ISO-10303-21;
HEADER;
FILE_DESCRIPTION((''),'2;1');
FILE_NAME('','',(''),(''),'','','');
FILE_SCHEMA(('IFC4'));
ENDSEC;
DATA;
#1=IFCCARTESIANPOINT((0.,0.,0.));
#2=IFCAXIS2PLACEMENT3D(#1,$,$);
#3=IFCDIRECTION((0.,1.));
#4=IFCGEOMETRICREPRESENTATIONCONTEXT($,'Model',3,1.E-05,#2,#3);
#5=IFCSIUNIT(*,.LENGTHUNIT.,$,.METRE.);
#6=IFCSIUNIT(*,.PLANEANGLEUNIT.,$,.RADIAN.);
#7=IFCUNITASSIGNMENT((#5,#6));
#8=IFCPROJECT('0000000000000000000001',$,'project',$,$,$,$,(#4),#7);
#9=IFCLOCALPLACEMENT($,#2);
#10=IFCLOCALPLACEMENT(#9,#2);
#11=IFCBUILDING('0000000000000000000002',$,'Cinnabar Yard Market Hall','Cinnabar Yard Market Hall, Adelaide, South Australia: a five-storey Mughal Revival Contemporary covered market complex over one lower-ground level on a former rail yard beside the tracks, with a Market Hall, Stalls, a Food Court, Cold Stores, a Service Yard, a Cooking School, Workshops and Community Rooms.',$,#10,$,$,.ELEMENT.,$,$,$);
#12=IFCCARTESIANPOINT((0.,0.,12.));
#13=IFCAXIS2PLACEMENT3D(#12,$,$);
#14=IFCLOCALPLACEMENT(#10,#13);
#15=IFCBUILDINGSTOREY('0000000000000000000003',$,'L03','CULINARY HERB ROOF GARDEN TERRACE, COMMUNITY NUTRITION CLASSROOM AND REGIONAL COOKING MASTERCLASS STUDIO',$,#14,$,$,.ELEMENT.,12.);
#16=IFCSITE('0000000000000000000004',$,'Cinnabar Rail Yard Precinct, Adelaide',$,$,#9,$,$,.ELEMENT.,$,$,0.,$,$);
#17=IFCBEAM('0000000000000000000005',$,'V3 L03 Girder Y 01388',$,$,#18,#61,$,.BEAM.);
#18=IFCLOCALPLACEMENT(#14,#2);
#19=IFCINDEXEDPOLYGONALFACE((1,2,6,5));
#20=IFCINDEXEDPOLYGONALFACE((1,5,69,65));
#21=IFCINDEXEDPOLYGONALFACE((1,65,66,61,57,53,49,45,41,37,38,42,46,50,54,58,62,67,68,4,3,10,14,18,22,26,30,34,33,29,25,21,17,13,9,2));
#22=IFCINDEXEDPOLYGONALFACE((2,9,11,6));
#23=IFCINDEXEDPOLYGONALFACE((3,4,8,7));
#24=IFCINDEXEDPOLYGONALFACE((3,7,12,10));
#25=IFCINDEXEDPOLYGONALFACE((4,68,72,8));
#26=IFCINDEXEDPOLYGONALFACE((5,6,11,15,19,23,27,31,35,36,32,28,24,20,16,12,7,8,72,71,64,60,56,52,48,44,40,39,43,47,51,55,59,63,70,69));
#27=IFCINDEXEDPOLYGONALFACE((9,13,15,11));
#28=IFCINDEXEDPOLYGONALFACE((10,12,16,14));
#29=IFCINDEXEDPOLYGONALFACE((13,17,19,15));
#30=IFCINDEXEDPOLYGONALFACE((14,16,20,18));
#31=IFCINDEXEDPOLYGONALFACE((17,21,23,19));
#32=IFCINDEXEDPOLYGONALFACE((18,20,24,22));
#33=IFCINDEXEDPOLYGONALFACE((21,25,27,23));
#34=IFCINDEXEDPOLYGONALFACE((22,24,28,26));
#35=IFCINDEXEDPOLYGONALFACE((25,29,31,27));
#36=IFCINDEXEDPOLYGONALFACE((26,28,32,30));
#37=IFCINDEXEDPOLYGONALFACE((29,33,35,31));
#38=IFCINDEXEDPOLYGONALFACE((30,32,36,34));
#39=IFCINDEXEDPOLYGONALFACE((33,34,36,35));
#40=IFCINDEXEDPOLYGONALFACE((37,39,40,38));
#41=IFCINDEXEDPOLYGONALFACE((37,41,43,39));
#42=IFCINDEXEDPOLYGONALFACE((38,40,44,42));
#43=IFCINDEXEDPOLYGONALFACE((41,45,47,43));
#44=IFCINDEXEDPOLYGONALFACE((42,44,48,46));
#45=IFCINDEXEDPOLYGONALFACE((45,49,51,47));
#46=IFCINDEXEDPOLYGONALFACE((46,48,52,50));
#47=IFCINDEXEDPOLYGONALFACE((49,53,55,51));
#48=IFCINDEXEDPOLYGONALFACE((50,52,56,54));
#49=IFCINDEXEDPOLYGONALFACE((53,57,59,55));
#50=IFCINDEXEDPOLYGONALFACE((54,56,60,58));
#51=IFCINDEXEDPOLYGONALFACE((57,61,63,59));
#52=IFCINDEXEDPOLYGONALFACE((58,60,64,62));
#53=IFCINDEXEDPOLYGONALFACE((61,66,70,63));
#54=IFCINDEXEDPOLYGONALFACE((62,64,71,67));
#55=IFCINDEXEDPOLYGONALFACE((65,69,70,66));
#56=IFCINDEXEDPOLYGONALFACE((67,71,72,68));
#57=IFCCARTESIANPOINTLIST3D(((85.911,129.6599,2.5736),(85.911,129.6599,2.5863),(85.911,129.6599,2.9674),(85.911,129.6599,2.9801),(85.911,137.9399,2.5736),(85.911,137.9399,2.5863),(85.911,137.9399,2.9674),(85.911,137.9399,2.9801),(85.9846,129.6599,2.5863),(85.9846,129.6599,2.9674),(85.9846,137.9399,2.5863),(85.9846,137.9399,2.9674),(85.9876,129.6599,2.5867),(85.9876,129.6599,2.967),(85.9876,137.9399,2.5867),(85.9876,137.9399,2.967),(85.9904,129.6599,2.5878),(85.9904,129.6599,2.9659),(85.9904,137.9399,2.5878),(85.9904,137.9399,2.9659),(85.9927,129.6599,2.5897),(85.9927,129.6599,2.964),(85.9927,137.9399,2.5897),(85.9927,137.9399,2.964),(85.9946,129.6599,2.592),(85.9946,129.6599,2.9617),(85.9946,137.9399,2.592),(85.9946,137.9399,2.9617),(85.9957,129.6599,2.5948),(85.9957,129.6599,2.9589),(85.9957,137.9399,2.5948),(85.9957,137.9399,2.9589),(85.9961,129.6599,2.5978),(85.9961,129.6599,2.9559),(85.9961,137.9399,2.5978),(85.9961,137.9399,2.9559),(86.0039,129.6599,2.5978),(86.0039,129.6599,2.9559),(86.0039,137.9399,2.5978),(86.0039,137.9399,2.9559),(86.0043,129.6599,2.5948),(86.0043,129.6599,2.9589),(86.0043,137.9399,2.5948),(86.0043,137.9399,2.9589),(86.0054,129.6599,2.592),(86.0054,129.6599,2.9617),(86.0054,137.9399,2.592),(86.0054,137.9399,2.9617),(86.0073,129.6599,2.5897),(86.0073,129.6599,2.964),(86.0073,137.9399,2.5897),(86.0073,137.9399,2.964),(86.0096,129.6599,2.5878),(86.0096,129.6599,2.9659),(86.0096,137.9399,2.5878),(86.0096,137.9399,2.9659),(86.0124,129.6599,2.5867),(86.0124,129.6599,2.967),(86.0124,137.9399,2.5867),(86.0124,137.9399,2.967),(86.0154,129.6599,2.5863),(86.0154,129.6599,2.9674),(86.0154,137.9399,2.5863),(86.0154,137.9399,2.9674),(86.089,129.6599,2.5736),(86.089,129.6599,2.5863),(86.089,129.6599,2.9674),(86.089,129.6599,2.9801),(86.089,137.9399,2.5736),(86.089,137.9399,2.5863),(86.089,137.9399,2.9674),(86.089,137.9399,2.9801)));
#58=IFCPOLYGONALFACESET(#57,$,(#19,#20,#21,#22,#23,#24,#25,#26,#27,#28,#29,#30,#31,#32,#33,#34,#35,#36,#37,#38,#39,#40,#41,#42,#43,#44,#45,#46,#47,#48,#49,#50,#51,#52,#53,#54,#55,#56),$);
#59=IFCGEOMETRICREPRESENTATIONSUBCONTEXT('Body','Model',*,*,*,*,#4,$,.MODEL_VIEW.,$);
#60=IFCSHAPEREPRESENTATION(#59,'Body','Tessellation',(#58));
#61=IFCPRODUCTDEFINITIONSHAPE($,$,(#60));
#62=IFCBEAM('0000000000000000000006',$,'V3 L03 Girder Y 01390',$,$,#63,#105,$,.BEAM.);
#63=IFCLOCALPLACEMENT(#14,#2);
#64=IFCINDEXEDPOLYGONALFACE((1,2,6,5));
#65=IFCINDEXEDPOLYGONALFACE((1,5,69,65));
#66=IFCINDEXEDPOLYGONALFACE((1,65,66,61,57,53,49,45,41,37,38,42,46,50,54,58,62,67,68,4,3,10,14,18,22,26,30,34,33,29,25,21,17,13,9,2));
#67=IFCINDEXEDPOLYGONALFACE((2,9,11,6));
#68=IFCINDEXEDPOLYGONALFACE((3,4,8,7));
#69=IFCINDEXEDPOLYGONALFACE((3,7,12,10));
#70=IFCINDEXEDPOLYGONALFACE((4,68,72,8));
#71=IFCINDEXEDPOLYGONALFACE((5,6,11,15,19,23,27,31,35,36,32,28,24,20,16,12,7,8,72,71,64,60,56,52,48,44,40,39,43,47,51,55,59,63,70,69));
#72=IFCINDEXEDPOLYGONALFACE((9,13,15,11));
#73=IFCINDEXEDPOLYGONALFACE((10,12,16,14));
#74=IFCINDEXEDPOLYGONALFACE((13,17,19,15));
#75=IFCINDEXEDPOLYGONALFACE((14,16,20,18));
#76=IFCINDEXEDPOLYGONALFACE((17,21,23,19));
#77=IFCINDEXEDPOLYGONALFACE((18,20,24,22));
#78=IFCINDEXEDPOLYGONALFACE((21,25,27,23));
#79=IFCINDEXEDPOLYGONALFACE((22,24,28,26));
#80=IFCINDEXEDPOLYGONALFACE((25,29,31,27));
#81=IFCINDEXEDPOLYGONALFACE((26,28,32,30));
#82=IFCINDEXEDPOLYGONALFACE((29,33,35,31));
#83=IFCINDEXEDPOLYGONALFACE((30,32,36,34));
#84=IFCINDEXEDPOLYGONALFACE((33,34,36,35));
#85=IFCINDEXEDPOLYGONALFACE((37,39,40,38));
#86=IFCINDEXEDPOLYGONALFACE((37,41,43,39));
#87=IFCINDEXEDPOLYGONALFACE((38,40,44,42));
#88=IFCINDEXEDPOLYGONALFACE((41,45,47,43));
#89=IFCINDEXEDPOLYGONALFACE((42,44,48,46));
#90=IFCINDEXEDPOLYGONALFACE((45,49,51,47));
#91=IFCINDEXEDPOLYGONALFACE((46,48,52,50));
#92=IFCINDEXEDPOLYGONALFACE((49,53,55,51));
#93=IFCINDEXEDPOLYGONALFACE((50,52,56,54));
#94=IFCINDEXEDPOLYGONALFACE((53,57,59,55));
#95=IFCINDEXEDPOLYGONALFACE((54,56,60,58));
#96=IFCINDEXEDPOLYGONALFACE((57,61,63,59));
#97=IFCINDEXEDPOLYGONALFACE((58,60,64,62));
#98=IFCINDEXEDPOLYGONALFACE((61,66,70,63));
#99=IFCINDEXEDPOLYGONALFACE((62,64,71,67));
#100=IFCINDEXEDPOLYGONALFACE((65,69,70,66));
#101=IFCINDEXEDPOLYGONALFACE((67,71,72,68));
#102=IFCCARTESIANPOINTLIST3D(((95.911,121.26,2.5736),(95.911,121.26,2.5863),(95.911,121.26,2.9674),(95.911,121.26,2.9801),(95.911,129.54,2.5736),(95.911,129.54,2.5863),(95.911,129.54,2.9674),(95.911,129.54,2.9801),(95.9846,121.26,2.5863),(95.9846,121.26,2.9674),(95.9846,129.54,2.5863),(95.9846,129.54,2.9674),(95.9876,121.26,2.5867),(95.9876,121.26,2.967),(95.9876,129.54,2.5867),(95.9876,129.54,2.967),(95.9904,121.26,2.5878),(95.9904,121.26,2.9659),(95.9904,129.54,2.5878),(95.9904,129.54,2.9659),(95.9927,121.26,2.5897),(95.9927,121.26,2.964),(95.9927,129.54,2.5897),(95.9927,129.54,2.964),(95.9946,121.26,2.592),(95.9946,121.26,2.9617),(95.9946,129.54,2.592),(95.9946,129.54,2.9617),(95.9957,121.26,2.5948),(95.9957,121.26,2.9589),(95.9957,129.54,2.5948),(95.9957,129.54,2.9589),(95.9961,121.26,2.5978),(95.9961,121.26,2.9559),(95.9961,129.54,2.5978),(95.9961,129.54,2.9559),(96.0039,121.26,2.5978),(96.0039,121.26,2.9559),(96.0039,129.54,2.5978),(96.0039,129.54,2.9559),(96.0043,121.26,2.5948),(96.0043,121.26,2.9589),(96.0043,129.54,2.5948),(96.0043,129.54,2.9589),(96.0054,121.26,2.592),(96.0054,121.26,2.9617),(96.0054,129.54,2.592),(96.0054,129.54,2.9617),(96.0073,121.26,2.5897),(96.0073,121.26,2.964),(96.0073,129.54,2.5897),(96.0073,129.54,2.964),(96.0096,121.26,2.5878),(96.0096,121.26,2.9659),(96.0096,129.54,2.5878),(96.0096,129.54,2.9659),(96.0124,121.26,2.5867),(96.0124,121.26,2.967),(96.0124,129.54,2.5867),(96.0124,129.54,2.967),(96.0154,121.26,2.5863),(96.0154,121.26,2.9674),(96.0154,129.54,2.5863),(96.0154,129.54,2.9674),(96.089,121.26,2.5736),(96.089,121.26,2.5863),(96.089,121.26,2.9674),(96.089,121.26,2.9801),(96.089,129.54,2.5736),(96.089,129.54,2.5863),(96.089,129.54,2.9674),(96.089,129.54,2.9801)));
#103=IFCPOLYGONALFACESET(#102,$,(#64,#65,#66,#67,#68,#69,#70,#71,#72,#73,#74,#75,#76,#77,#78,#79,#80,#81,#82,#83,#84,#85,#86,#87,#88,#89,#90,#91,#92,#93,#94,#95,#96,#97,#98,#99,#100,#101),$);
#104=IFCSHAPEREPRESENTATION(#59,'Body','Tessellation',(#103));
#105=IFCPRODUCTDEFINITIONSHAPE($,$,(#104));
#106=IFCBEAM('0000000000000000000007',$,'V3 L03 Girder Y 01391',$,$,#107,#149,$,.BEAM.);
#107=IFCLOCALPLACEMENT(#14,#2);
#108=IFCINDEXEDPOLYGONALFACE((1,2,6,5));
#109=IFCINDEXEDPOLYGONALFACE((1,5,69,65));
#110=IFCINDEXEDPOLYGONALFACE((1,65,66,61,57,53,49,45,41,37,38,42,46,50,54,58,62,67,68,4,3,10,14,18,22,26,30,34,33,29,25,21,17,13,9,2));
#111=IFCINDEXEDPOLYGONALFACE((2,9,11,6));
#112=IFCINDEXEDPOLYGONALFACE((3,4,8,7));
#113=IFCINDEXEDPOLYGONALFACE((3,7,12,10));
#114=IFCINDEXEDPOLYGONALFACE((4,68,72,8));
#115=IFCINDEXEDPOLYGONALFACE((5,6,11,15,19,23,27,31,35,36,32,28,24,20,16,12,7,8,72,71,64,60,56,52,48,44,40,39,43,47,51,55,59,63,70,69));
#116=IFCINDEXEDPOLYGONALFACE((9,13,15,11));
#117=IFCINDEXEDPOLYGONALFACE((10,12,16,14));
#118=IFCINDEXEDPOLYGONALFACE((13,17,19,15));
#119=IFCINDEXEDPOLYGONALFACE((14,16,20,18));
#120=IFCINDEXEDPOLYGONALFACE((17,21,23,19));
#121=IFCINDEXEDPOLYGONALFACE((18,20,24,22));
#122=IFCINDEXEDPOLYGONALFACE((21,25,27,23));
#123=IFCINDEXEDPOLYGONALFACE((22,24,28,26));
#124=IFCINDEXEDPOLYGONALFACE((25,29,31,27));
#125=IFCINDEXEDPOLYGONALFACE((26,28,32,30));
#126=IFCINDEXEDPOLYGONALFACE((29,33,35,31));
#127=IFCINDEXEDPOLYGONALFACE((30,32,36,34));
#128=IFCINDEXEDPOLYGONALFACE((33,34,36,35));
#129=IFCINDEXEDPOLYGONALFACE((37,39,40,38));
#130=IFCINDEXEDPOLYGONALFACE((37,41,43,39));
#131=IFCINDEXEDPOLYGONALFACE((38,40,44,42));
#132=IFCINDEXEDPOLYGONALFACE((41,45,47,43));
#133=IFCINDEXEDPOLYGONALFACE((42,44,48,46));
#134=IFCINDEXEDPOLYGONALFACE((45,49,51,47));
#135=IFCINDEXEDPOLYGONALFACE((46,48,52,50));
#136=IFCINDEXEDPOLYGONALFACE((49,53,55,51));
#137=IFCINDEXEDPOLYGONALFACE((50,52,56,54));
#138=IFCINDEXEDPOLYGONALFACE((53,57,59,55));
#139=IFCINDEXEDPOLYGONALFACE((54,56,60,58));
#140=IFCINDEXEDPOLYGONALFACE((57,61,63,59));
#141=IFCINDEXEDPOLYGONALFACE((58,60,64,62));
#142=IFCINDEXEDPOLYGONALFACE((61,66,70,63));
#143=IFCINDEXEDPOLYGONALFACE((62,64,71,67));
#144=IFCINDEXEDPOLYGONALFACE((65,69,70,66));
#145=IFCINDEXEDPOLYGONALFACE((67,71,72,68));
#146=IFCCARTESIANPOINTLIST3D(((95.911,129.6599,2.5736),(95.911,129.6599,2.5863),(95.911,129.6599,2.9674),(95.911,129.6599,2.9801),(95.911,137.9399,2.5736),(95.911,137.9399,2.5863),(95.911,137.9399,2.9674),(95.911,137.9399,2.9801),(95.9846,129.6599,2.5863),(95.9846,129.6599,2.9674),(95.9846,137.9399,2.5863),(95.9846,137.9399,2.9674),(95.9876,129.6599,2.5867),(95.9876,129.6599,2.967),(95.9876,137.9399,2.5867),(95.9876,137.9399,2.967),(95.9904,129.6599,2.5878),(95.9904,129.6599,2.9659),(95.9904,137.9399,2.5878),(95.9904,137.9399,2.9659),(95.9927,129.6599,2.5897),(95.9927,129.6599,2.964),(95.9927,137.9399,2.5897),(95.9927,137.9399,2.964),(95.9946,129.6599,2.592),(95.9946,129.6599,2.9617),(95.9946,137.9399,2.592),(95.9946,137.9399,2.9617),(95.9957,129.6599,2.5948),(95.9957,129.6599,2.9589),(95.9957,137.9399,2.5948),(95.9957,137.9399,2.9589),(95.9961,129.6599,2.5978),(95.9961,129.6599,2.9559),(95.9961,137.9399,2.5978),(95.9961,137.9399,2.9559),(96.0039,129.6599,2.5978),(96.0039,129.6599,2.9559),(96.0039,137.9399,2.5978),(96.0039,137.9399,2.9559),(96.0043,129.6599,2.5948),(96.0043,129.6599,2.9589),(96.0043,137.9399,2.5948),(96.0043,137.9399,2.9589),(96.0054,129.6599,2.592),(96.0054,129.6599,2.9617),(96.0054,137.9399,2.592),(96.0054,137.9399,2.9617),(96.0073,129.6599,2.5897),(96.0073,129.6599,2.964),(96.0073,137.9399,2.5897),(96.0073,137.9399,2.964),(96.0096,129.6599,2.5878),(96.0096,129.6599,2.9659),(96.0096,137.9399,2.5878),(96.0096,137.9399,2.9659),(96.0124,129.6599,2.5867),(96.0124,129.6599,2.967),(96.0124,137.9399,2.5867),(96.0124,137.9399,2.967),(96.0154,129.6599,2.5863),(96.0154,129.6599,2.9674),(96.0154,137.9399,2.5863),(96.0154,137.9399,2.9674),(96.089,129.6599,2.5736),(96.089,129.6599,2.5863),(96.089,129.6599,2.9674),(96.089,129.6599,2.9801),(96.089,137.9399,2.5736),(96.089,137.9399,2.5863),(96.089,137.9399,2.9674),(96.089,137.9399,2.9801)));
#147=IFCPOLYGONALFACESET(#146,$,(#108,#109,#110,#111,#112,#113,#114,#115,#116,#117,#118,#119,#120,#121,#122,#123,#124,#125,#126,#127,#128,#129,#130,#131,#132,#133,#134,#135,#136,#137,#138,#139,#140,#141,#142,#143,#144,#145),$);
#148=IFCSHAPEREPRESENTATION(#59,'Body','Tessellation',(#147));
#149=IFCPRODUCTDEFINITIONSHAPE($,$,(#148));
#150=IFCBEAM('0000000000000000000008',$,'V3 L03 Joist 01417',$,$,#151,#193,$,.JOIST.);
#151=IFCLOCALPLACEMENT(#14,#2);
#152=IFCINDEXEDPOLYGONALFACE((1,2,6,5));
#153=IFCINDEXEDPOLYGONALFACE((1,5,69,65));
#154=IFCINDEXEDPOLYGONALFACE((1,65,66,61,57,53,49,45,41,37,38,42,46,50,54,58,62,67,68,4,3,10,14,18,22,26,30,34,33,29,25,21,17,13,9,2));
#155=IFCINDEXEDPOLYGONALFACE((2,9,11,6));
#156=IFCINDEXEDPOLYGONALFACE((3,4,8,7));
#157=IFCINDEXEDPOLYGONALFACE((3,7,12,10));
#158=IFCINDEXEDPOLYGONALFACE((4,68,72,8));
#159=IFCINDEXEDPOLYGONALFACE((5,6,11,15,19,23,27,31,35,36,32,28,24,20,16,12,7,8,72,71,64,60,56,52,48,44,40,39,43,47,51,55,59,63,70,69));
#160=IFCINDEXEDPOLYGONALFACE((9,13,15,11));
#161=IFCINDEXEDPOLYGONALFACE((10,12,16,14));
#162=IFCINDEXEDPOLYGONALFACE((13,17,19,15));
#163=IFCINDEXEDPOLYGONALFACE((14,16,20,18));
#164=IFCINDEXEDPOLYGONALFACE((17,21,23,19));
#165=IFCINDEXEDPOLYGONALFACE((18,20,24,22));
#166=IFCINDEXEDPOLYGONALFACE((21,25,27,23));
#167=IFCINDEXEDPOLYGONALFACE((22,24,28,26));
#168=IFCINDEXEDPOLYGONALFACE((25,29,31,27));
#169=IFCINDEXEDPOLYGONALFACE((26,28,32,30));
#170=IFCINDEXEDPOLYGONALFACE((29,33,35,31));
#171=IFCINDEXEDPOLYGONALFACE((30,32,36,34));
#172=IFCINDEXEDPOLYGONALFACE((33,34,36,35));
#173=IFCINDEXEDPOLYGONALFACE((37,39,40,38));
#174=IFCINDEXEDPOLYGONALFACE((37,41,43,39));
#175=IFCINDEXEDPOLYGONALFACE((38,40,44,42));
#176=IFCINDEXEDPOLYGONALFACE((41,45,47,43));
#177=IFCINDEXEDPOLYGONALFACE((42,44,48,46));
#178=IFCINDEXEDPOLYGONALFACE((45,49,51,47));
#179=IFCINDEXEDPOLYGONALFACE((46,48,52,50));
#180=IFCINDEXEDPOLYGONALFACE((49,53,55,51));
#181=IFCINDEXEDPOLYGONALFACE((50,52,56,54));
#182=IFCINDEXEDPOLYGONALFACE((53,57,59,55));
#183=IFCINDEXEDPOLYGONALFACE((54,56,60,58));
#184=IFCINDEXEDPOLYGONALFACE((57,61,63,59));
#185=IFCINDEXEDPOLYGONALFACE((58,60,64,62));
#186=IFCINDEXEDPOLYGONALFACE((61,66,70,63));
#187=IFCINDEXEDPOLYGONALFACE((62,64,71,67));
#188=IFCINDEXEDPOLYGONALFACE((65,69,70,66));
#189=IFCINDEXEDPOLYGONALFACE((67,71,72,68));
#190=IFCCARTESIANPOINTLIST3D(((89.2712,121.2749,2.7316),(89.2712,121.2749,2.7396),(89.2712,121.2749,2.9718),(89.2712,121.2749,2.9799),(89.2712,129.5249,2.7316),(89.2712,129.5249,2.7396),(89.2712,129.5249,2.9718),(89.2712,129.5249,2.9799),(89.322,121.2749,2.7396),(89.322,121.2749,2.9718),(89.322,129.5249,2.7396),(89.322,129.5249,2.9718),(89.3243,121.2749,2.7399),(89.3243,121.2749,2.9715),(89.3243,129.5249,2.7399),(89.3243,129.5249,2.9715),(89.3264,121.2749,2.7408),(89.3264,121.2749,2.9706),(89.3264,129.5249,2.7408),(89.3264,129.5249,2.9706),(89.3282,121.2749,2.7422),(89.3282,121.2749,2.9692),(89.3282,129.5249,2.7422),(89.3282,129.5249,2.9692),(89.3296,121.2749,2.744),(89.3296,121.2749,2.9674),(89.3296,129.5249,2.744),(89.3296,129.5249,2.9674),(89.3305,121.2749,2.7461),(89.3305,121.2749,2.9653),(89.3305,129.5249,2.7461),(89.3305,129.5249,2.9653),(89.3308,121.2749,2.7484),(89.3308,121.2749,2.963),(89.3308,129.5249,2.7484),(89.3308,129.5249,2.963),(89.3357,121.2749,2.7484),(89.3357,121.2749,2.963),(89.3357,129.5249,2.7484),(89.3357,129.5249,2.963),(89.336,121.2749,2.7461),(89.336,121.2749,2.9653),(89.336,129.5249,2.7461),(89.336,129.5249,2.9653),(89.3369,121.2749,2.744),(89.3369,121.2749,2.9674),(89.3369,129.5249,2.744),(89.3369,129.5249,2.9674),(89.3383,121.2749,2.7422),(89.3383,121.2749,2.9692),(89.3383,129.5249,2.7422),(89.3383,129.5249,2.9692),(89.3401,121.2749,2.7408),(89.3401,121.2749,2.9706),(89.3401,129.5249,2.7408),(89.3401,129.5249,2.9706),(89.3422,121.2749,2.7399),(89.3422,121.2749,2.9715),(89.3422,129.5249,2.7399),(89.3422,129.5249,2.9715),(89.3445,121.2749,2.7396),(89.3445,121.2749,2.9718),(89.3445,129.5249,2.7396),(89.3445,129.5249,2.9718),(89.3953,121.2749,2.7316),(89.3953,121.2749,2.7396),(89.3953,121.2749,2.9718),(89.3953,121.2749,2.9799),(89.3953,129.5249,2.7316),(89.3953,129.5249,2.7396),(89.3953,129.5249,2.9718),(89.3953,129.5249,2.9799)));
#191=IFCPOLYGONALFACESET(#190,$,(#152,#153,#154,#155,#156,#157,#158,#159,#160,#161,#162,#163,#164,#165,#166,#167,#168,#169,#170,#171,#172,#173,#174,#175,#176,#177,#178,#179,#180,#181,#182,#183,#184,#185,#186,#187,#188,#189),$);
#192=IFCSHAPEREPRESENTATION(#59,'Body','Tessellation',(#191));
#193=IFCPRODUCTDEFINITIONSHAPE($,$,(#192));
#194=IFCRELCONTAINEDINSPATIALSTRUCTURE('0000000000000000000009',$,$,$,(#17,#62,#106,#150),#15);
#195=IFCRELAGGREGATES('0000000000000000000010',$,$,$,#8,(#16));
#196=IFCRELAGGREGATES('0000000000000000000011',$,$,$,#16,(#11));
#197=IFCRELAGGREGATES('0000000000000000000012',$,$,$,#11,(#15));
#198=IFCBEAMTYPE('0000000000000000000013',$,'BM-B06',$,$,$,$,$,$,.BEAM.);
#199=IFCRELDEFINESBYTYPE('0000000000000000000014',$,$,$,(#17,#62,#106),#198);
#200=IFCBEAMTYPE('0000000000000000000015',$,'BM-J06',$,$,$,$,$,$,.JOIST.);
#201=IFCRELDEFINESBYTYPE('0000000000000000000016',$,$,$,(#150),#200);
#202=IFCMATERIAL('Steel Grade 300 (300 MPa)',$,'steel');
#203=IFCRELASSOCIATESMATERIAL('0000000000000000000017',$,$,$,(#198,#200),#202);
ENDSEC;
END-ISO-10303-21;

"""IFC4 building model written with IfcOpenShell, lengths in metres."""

from ifc_helpers import new_model, si_unit, direction, frame, origin, origin_2d_with_axis, place, context, subcontext, project, spatial, i_section, extrude, material, material_profile, profile_set, type_object, element, save


model = new_model("IFC4")

# Units and contexts
model_context = context("Model", 3, precision=1e-05, world=origin(), true_north=direction((0.0, 1.0)))
body_context = subcontext(model_context, "Body", "Model", "MODEL_VIEW")
ifc_project = project(units=[si_unit("LENGTHUNIT", "METRE"), si_unit("PLANEANGLEUNIT", "RADIAN")], contexts=[model_context])

# Site, building, storey
site_placement = place(None, origin())
site = spatial("IfcSite", under=ifc_project, at=site_placement, Name="Cinnabar Rail Yard Precinct, Adelaide", CompositionType="ELEMENT", RefElevation=0.0)
building_placement = place(site_placement, origin())
building = spatial("IfcBuilding", under=site, at=building_placement, Name="Cinnabar Yard Market Hall", Description="Cinnabar Yard Market Hall, Adelaide, South Australia: a five-storey Mughal Revival Contemporary covered market complex over one lower-ground level on a former rail yard beside the tracks, with a Market Hall, Stalls, a Food Court, Cold Stores, a Service Yard, a Cooking School, Workshops and Community Rooms.", CompositionType="ELEMENT")
storey_placement = place(building_placement, frame((0.0, 0.0, 12.0)))
storey = spatial("IfcBuildingStorey", under=building, at=storey_placement, Name="L03", Description="CULINARY HERB ROOF GARDEN TERRACE, COMMUNITY NUTRITION CLASSROOM AND REGIONAL COOKING MASTERCLASS STUDIO", CompositionType="ELEMENT", Elevation=12.0)

# Shared definitions
ifc_material_1 = material(Name="Steel Grade 300 (300 MPa)", Category="steel")

# Beams
ifc_material_profile_1 = material_profile(ifc_material_1, i_section(OverallWidth=0.178, OverallDepth=0.4065, WebThickness=0.0078, FlangeThickness=0.0127, FilletRadius=0.0115, at=origin_2d_with_axis()), Name="410UB59.7")
ifc_profile_set_1 = profile_set([ifc_material_profile_1], Name="Steel Grade 300 (300 MPa)")
beam_type_1 = type_object("IfcBeamType", Name="BM-B06", PredefinedType="BEAM", material=ifc_profile_set_1)
for number, where, z_axis, x_axis, name in (
    (1, (86.0, 129.6599, 2.7769), (0.0, 1.0, 0.0), (-1.0, 0.0, 0.0), "V3 L03 Girder Y 01388"),
    (2, (96.0, 121.26, 2.7769), (0.0, 1.0, 0.0), (-1.0, 0.0, 0.0), "V3 L03 Girder Y 01390"),
    (3, (96.0, 129.6599, 2.7769), (0.0, 1.0, 0.0), (-1.0, 0.0, 0.0), "V3 L03 Girder Y 01391"),
):
    element("IfcBeam", number, at=place(storey_placement, frame(where, z_axis=z_axis, x_axis=x_axis)), inside=storey, type_object=beam_type_1, Name=name, PredefinedType="BEAM", context=body_context, shape_type="SweptSolid", body=[
        extrude(i_section(OverallWidth=0.178, OverallDepth=0.4065, WebThickness=0.0078, FlangeThickness=0.0127, FilletRadius=0.0115, at=origin_2d_with_axis()), origin(), (0.0, 0.0, 1.0), 8.28),
    ])
ifc_material_profile_2 = material_profile(ifc_material_1, i_section(OverallWidth=0.124, OverallDepth=0.2483, WebThickness=0.0049, FlangeThickness=0.0081, FilletRadius=0.0088, at=origin_2d_with_axis()), Name="250UB25.7")
ifc_profile_set_2 = profile_set([ifc_material_profile_2], Name="Steel Grade 300 (300 MPa)")
beam_type_2 = type_object("IfcBeamType", Name="BM-J06", PredefinedType="JOIST", material=ifc_profile_set_2)
for number, where, z_axis, x_axis, name in (
    (4, (89.3333, 121.2749, 2.8557), (0.0, 1.0, 0.0), (-1.0, 0.0, 0.0), "V3 L03 Joist 01417"),
):
    element("IfcBeam", number, at=place(storey_placement, frame(where, z_axis=z_axis, x_axis=x_axis)), inside=storey, type_object=beam_type_2, Name=name, PredefinedType="JOIST", context=body_context, shape_type="SweptSolid", body=[
        extrude(i_section(OverallWidth=0.124, OverallDepth=0.2483, WebThickness=0.0049, FlangeThickness=0.0081, FilletRadius=0.0088, at=origin_2d_with_axis()), origin(), (0.0, 0.0, 1.0), 8.25),
    ])

save(model, "model.ifc")
